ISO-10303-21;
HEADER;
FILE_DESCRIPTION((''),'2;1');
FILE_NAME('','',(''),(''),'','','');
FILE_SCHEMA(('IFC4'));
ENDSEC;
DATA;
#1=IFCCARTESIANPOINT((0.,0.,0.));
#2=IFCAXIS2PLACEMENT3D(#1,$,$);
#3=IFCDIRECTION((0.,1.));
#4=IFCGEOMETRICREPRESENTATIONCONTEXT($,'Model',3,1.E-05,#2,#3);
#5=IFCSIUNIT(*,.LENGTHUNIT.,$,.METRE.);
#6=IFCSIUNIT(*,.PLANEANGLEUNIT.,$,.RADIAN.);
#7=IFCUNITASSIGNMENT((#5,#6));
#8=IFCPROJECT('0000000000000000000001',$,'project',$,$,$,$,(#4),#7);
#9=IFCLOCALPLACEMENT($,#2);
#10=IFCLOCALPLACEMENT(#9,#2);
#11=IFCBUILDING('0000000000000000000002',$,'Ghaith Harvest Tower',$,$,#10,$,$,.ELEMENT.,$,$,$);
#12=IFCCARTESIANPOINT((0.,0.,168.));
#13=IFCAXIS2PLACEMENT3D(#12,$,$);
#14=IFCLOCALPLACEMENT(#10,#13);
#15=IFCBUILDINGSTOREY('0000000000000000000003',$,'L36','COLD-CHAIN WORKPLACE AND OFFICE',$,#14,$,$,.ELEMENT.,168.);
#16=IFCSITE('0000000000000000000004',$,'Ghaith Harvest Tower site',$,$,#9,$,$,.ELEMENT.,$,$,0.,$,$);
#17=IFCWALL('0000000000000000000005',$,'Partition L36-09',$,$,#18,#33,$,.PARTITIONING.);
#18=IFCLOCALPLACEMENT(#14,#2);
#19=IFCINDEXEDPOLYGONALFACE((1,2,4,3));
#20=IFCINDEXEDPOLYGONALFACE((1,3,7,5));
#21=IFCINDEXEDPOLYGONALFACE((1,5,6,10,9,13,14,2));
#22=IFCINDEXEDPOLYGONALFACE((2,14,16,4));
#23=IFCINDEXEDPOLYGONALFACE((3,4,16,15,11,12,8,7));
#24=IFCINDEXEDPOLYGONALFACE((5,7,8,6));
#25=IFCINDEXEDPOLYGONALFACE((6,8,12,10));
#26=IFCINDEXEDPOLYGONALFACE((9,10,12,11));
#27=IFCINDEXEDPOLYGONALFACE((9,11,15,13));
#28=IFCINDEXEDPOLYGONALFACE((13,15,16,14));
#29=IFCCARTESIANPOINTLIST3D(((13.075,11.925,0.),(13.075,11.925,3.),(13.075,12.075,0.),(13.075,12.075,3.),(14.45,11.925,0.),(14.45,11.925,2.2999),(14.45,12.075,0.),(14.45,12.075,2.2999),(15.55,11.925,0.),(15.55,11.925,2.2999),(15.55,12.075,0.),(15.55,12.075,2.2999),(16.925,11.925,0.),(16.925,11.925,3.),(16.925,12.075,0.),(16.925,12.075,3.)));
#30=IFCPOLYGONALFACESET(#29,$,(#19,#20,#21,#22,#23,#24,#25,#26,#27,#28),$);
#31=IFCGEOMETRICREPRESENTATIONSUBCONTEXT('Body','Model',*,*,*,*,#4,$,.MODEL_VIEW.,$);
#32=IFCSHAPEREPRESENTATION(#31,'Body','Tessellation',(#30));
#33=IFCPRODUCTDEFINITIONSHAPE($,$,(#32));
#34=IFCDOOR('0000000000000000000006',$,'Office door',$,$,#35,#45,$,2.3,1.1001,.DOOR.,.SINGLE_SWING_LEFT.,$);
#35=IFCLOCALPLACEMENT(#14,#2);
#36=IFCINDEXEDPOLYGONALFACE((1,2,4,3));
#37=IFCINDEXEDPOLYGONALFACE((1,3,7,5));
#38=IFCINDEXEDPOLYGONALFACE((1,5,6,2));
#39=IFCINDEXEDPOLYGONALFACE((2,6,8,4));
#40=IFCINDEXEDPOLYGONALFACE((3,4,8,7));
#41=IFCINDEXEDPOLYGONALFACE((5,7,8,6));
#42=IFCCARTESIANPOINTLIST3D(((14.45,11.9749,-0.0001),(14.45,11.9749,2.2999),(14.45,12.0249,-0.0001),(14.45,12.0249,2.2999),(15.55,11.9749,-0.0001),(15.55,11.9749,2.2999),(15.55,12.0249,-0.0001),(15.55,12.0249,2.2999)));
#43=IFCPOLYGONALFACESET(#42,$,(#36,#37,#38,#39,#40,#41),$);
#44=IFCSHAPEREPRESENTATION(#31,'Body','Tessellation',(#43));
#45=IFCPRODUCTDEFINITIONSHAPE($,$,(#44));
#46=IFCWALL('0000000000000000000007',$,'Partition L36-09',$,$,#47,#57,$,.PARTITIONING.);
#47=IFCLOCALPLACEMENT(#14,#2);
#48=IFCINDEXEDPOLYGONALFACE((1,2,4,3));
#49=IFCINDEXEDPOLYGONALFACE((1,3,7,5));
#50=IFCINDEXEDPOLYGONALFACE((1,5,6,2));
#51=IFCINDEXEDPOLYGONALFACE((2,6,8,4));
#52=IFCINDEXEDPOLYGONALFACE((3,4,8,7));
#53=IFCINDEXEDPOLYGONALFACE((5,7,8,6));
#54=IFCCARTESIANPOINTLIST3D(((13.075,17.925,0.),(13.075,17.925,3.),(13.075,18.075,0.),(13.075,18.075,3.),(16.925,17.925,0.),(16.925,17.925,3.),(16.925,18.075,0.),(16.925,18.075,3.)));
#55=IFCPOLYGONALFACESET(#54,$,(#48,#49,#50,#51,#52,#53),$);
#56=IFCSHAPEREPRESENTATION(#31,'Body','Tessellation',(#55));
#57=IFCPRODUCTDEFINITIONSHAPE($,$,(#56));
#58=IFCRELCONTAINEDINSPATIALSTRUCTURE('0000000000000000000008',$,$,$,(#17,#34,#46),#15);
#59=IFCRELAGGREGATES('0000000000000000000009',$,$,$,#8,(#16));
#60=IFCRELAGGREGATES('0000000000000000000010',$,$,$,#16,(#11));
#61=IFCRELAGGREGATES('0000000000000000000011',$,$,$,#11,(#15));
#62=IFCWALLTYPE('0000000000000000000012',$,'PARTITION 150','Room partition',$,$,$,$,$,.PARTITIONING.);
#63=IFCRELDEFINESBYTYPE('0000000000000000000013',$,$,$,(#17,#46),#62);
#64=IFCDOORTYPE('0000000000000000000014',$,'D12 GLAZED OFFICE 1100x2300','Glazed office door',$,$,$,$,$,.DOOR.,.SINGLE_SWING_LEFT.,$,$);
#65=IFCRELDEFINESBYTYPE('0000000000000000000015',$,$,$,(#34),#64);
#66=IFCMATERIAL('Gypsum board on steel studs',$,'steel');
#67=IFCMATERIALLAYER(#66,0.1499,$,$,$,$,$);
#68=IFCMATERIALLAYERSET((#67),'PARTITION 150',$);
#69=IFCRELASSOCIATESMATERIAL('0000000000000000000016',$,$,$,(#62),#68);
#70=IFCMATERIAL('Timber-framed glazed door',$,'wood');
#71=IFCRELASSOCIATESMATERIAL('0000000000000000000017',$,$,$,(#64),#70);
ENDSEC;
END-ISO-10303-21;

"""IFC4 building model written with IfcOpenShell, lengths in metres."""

from ifc_helpers import new_model, si_unit, direction, frame, frame_2d, origin, place, context, subcontext, project, spatial, rectangle, extrude, material, layer, layer_set, type_object, element, fill, save


model = new_model("IFC4")

# Units and contexts
model_context = context("Model", 3, precision=1e-05, world=origin(), true_north=direction((0.0, 1.0)))
body_context = subcontext(model_context, "Body", "Model", "MODEL_VIEW")
ifc_project = project(units=[si_unit("LENGTHUNIT", "METRE"), si_unit("PLANEANGLEUNIT", "RADIAN")], contexts=[model_context])

# Site, building, storey
site_placement = place(None, origin())
site = spatial("IfcSite", under=ifc_project, at=site_placement, Name="Ghaith Harvest Tower site", CompositionType="ELEMENT", RefElevation=0.0)
building_placement = place(site_placement, origin())
building = spatial("IfcBuilding", under=site, at=building_placement, Name="Ghaith Harvest Tower", CompositionType="ELEMENT")
storey_placement = place(building_placement, frame((0.0, 0.0, 168.0)))
storey = spatial("IfcBuildingStorey", under=building, at=storey_placement, Name="L36", Description="COLD-CHAIN WORKPLACE AND OFFICE", CompositionType="ELEMENT", Elevation=168.0)

# Shared definitions
ifc_material_1 = material(Name="Gypsum board on steel studs", Category="steel")
ifc_layer_1 = layer(ifc_material_1, 0.1499)
ifc_layer_set_1 = layer_set([ifc_layer_1], Name="PARTITION 150")
wall_type = type_object("IfcWallType", Name="PARTITION 150", Description="Room partition", PredefinedType="PARTITIONING", material=ifc_layer_set_1)

# Shared definitions
ifc_material_2 = material(Name="Timber-framed glazed door", Category="wood")
door_type = type_object("IfcDoorType", Name="D12 GLAZED OFFICE 1100x2300", Description="Glazed office door", OperationType="SINGLE_SWING_LEFT", PredefinedType="DOOR", material=ifc_material_2)

# Wall, opening, door
wall_1_placement = place(storey_placement, frame((13.075, 12.0, 0.0), z_axis=(0.0, 0.0, 1.0), x_axis=(1.0, 0.0, 0.0)))
wall_1 = element("IfcWall", 1, at=wall_1_placement, inside=storey, type_object=wall_type, Name="Partition L36-09", PredefinedType="PARTITIONING", context=body_context, shape_type="SweptSolid", body=[
    extrude(rectangle(XDim=3.8501, YDim=0.1499, at=frame_2d((1.925, 0.0))), origin(), (0.0, 0.0, 1.0), 3.0),
])
opening_1_placement = place(wall_1_placement, frame((1.375, 0.0, 0.0)))
opening_1 = element("IfcOpeningElement", 2, at=opening_1_placement, cuts=wall_1, PredefinedType="OPENING", context=body_context, shape_type="SweptSolid", body=[
    extrude(rectangle(XDim=1.1001, YDim=2.3, at=frame_2d((0.55, 1.1499))), frame((0.0, 0.085, 0.0), z_axis=(0.0, -1.0, 0.0), x_axis=(1.0, 0.0, 0.0)), (0.0, 0.0, 1.0), 0.1699),
])
door_1_placement = place(opening_1_placement, origin())
door_1 = element("IfcDoor", 3, at=door_1_placement, inside=storey, type_object=door_type, Name="Office door", OperationType="SINGLE_SWING_LEFT", OverallHeight=2.3, OverallWidth=1.1001, PredefinedType="DOOR", context=body_context, shape_type="SweptSolid", body=[
    extrude(rectangle(XDim=1.1001, YDim=2.3, at=frame_2d((0.55, 1.1499))), frame((0.0, 0.0249, 0.0), z_axis=(0.0, -1.0, 0.0), x_axis=(1.0, 0.0, 0.0)), (0.0, 0.0, 1.0), 0.05),
])
fill(opening_1, door_1)

# Wall
wall_2_placement = place(storey_placement, frame((13.075, 18.0, 0.0), z_axis=(0.0, 0.0, 1.0), x_axis=(1.0, 0.0, 0.0)))
element("IfcWall", 4, at=wall_2_placement, inside=storey, type_object=wall_type, Name="Partition L36-09", PredefinedType="PARTITIONING", context=body_context, shape_type="SweptSolid", body=[
    extrude(rectangle(XDim=3.8501, YDim=0.1499, at=frame_2d((1.925, 0.0))), origin(), (0.0, 0.0, 1.0), 3.0),
])

save(model, "model.ifc")
